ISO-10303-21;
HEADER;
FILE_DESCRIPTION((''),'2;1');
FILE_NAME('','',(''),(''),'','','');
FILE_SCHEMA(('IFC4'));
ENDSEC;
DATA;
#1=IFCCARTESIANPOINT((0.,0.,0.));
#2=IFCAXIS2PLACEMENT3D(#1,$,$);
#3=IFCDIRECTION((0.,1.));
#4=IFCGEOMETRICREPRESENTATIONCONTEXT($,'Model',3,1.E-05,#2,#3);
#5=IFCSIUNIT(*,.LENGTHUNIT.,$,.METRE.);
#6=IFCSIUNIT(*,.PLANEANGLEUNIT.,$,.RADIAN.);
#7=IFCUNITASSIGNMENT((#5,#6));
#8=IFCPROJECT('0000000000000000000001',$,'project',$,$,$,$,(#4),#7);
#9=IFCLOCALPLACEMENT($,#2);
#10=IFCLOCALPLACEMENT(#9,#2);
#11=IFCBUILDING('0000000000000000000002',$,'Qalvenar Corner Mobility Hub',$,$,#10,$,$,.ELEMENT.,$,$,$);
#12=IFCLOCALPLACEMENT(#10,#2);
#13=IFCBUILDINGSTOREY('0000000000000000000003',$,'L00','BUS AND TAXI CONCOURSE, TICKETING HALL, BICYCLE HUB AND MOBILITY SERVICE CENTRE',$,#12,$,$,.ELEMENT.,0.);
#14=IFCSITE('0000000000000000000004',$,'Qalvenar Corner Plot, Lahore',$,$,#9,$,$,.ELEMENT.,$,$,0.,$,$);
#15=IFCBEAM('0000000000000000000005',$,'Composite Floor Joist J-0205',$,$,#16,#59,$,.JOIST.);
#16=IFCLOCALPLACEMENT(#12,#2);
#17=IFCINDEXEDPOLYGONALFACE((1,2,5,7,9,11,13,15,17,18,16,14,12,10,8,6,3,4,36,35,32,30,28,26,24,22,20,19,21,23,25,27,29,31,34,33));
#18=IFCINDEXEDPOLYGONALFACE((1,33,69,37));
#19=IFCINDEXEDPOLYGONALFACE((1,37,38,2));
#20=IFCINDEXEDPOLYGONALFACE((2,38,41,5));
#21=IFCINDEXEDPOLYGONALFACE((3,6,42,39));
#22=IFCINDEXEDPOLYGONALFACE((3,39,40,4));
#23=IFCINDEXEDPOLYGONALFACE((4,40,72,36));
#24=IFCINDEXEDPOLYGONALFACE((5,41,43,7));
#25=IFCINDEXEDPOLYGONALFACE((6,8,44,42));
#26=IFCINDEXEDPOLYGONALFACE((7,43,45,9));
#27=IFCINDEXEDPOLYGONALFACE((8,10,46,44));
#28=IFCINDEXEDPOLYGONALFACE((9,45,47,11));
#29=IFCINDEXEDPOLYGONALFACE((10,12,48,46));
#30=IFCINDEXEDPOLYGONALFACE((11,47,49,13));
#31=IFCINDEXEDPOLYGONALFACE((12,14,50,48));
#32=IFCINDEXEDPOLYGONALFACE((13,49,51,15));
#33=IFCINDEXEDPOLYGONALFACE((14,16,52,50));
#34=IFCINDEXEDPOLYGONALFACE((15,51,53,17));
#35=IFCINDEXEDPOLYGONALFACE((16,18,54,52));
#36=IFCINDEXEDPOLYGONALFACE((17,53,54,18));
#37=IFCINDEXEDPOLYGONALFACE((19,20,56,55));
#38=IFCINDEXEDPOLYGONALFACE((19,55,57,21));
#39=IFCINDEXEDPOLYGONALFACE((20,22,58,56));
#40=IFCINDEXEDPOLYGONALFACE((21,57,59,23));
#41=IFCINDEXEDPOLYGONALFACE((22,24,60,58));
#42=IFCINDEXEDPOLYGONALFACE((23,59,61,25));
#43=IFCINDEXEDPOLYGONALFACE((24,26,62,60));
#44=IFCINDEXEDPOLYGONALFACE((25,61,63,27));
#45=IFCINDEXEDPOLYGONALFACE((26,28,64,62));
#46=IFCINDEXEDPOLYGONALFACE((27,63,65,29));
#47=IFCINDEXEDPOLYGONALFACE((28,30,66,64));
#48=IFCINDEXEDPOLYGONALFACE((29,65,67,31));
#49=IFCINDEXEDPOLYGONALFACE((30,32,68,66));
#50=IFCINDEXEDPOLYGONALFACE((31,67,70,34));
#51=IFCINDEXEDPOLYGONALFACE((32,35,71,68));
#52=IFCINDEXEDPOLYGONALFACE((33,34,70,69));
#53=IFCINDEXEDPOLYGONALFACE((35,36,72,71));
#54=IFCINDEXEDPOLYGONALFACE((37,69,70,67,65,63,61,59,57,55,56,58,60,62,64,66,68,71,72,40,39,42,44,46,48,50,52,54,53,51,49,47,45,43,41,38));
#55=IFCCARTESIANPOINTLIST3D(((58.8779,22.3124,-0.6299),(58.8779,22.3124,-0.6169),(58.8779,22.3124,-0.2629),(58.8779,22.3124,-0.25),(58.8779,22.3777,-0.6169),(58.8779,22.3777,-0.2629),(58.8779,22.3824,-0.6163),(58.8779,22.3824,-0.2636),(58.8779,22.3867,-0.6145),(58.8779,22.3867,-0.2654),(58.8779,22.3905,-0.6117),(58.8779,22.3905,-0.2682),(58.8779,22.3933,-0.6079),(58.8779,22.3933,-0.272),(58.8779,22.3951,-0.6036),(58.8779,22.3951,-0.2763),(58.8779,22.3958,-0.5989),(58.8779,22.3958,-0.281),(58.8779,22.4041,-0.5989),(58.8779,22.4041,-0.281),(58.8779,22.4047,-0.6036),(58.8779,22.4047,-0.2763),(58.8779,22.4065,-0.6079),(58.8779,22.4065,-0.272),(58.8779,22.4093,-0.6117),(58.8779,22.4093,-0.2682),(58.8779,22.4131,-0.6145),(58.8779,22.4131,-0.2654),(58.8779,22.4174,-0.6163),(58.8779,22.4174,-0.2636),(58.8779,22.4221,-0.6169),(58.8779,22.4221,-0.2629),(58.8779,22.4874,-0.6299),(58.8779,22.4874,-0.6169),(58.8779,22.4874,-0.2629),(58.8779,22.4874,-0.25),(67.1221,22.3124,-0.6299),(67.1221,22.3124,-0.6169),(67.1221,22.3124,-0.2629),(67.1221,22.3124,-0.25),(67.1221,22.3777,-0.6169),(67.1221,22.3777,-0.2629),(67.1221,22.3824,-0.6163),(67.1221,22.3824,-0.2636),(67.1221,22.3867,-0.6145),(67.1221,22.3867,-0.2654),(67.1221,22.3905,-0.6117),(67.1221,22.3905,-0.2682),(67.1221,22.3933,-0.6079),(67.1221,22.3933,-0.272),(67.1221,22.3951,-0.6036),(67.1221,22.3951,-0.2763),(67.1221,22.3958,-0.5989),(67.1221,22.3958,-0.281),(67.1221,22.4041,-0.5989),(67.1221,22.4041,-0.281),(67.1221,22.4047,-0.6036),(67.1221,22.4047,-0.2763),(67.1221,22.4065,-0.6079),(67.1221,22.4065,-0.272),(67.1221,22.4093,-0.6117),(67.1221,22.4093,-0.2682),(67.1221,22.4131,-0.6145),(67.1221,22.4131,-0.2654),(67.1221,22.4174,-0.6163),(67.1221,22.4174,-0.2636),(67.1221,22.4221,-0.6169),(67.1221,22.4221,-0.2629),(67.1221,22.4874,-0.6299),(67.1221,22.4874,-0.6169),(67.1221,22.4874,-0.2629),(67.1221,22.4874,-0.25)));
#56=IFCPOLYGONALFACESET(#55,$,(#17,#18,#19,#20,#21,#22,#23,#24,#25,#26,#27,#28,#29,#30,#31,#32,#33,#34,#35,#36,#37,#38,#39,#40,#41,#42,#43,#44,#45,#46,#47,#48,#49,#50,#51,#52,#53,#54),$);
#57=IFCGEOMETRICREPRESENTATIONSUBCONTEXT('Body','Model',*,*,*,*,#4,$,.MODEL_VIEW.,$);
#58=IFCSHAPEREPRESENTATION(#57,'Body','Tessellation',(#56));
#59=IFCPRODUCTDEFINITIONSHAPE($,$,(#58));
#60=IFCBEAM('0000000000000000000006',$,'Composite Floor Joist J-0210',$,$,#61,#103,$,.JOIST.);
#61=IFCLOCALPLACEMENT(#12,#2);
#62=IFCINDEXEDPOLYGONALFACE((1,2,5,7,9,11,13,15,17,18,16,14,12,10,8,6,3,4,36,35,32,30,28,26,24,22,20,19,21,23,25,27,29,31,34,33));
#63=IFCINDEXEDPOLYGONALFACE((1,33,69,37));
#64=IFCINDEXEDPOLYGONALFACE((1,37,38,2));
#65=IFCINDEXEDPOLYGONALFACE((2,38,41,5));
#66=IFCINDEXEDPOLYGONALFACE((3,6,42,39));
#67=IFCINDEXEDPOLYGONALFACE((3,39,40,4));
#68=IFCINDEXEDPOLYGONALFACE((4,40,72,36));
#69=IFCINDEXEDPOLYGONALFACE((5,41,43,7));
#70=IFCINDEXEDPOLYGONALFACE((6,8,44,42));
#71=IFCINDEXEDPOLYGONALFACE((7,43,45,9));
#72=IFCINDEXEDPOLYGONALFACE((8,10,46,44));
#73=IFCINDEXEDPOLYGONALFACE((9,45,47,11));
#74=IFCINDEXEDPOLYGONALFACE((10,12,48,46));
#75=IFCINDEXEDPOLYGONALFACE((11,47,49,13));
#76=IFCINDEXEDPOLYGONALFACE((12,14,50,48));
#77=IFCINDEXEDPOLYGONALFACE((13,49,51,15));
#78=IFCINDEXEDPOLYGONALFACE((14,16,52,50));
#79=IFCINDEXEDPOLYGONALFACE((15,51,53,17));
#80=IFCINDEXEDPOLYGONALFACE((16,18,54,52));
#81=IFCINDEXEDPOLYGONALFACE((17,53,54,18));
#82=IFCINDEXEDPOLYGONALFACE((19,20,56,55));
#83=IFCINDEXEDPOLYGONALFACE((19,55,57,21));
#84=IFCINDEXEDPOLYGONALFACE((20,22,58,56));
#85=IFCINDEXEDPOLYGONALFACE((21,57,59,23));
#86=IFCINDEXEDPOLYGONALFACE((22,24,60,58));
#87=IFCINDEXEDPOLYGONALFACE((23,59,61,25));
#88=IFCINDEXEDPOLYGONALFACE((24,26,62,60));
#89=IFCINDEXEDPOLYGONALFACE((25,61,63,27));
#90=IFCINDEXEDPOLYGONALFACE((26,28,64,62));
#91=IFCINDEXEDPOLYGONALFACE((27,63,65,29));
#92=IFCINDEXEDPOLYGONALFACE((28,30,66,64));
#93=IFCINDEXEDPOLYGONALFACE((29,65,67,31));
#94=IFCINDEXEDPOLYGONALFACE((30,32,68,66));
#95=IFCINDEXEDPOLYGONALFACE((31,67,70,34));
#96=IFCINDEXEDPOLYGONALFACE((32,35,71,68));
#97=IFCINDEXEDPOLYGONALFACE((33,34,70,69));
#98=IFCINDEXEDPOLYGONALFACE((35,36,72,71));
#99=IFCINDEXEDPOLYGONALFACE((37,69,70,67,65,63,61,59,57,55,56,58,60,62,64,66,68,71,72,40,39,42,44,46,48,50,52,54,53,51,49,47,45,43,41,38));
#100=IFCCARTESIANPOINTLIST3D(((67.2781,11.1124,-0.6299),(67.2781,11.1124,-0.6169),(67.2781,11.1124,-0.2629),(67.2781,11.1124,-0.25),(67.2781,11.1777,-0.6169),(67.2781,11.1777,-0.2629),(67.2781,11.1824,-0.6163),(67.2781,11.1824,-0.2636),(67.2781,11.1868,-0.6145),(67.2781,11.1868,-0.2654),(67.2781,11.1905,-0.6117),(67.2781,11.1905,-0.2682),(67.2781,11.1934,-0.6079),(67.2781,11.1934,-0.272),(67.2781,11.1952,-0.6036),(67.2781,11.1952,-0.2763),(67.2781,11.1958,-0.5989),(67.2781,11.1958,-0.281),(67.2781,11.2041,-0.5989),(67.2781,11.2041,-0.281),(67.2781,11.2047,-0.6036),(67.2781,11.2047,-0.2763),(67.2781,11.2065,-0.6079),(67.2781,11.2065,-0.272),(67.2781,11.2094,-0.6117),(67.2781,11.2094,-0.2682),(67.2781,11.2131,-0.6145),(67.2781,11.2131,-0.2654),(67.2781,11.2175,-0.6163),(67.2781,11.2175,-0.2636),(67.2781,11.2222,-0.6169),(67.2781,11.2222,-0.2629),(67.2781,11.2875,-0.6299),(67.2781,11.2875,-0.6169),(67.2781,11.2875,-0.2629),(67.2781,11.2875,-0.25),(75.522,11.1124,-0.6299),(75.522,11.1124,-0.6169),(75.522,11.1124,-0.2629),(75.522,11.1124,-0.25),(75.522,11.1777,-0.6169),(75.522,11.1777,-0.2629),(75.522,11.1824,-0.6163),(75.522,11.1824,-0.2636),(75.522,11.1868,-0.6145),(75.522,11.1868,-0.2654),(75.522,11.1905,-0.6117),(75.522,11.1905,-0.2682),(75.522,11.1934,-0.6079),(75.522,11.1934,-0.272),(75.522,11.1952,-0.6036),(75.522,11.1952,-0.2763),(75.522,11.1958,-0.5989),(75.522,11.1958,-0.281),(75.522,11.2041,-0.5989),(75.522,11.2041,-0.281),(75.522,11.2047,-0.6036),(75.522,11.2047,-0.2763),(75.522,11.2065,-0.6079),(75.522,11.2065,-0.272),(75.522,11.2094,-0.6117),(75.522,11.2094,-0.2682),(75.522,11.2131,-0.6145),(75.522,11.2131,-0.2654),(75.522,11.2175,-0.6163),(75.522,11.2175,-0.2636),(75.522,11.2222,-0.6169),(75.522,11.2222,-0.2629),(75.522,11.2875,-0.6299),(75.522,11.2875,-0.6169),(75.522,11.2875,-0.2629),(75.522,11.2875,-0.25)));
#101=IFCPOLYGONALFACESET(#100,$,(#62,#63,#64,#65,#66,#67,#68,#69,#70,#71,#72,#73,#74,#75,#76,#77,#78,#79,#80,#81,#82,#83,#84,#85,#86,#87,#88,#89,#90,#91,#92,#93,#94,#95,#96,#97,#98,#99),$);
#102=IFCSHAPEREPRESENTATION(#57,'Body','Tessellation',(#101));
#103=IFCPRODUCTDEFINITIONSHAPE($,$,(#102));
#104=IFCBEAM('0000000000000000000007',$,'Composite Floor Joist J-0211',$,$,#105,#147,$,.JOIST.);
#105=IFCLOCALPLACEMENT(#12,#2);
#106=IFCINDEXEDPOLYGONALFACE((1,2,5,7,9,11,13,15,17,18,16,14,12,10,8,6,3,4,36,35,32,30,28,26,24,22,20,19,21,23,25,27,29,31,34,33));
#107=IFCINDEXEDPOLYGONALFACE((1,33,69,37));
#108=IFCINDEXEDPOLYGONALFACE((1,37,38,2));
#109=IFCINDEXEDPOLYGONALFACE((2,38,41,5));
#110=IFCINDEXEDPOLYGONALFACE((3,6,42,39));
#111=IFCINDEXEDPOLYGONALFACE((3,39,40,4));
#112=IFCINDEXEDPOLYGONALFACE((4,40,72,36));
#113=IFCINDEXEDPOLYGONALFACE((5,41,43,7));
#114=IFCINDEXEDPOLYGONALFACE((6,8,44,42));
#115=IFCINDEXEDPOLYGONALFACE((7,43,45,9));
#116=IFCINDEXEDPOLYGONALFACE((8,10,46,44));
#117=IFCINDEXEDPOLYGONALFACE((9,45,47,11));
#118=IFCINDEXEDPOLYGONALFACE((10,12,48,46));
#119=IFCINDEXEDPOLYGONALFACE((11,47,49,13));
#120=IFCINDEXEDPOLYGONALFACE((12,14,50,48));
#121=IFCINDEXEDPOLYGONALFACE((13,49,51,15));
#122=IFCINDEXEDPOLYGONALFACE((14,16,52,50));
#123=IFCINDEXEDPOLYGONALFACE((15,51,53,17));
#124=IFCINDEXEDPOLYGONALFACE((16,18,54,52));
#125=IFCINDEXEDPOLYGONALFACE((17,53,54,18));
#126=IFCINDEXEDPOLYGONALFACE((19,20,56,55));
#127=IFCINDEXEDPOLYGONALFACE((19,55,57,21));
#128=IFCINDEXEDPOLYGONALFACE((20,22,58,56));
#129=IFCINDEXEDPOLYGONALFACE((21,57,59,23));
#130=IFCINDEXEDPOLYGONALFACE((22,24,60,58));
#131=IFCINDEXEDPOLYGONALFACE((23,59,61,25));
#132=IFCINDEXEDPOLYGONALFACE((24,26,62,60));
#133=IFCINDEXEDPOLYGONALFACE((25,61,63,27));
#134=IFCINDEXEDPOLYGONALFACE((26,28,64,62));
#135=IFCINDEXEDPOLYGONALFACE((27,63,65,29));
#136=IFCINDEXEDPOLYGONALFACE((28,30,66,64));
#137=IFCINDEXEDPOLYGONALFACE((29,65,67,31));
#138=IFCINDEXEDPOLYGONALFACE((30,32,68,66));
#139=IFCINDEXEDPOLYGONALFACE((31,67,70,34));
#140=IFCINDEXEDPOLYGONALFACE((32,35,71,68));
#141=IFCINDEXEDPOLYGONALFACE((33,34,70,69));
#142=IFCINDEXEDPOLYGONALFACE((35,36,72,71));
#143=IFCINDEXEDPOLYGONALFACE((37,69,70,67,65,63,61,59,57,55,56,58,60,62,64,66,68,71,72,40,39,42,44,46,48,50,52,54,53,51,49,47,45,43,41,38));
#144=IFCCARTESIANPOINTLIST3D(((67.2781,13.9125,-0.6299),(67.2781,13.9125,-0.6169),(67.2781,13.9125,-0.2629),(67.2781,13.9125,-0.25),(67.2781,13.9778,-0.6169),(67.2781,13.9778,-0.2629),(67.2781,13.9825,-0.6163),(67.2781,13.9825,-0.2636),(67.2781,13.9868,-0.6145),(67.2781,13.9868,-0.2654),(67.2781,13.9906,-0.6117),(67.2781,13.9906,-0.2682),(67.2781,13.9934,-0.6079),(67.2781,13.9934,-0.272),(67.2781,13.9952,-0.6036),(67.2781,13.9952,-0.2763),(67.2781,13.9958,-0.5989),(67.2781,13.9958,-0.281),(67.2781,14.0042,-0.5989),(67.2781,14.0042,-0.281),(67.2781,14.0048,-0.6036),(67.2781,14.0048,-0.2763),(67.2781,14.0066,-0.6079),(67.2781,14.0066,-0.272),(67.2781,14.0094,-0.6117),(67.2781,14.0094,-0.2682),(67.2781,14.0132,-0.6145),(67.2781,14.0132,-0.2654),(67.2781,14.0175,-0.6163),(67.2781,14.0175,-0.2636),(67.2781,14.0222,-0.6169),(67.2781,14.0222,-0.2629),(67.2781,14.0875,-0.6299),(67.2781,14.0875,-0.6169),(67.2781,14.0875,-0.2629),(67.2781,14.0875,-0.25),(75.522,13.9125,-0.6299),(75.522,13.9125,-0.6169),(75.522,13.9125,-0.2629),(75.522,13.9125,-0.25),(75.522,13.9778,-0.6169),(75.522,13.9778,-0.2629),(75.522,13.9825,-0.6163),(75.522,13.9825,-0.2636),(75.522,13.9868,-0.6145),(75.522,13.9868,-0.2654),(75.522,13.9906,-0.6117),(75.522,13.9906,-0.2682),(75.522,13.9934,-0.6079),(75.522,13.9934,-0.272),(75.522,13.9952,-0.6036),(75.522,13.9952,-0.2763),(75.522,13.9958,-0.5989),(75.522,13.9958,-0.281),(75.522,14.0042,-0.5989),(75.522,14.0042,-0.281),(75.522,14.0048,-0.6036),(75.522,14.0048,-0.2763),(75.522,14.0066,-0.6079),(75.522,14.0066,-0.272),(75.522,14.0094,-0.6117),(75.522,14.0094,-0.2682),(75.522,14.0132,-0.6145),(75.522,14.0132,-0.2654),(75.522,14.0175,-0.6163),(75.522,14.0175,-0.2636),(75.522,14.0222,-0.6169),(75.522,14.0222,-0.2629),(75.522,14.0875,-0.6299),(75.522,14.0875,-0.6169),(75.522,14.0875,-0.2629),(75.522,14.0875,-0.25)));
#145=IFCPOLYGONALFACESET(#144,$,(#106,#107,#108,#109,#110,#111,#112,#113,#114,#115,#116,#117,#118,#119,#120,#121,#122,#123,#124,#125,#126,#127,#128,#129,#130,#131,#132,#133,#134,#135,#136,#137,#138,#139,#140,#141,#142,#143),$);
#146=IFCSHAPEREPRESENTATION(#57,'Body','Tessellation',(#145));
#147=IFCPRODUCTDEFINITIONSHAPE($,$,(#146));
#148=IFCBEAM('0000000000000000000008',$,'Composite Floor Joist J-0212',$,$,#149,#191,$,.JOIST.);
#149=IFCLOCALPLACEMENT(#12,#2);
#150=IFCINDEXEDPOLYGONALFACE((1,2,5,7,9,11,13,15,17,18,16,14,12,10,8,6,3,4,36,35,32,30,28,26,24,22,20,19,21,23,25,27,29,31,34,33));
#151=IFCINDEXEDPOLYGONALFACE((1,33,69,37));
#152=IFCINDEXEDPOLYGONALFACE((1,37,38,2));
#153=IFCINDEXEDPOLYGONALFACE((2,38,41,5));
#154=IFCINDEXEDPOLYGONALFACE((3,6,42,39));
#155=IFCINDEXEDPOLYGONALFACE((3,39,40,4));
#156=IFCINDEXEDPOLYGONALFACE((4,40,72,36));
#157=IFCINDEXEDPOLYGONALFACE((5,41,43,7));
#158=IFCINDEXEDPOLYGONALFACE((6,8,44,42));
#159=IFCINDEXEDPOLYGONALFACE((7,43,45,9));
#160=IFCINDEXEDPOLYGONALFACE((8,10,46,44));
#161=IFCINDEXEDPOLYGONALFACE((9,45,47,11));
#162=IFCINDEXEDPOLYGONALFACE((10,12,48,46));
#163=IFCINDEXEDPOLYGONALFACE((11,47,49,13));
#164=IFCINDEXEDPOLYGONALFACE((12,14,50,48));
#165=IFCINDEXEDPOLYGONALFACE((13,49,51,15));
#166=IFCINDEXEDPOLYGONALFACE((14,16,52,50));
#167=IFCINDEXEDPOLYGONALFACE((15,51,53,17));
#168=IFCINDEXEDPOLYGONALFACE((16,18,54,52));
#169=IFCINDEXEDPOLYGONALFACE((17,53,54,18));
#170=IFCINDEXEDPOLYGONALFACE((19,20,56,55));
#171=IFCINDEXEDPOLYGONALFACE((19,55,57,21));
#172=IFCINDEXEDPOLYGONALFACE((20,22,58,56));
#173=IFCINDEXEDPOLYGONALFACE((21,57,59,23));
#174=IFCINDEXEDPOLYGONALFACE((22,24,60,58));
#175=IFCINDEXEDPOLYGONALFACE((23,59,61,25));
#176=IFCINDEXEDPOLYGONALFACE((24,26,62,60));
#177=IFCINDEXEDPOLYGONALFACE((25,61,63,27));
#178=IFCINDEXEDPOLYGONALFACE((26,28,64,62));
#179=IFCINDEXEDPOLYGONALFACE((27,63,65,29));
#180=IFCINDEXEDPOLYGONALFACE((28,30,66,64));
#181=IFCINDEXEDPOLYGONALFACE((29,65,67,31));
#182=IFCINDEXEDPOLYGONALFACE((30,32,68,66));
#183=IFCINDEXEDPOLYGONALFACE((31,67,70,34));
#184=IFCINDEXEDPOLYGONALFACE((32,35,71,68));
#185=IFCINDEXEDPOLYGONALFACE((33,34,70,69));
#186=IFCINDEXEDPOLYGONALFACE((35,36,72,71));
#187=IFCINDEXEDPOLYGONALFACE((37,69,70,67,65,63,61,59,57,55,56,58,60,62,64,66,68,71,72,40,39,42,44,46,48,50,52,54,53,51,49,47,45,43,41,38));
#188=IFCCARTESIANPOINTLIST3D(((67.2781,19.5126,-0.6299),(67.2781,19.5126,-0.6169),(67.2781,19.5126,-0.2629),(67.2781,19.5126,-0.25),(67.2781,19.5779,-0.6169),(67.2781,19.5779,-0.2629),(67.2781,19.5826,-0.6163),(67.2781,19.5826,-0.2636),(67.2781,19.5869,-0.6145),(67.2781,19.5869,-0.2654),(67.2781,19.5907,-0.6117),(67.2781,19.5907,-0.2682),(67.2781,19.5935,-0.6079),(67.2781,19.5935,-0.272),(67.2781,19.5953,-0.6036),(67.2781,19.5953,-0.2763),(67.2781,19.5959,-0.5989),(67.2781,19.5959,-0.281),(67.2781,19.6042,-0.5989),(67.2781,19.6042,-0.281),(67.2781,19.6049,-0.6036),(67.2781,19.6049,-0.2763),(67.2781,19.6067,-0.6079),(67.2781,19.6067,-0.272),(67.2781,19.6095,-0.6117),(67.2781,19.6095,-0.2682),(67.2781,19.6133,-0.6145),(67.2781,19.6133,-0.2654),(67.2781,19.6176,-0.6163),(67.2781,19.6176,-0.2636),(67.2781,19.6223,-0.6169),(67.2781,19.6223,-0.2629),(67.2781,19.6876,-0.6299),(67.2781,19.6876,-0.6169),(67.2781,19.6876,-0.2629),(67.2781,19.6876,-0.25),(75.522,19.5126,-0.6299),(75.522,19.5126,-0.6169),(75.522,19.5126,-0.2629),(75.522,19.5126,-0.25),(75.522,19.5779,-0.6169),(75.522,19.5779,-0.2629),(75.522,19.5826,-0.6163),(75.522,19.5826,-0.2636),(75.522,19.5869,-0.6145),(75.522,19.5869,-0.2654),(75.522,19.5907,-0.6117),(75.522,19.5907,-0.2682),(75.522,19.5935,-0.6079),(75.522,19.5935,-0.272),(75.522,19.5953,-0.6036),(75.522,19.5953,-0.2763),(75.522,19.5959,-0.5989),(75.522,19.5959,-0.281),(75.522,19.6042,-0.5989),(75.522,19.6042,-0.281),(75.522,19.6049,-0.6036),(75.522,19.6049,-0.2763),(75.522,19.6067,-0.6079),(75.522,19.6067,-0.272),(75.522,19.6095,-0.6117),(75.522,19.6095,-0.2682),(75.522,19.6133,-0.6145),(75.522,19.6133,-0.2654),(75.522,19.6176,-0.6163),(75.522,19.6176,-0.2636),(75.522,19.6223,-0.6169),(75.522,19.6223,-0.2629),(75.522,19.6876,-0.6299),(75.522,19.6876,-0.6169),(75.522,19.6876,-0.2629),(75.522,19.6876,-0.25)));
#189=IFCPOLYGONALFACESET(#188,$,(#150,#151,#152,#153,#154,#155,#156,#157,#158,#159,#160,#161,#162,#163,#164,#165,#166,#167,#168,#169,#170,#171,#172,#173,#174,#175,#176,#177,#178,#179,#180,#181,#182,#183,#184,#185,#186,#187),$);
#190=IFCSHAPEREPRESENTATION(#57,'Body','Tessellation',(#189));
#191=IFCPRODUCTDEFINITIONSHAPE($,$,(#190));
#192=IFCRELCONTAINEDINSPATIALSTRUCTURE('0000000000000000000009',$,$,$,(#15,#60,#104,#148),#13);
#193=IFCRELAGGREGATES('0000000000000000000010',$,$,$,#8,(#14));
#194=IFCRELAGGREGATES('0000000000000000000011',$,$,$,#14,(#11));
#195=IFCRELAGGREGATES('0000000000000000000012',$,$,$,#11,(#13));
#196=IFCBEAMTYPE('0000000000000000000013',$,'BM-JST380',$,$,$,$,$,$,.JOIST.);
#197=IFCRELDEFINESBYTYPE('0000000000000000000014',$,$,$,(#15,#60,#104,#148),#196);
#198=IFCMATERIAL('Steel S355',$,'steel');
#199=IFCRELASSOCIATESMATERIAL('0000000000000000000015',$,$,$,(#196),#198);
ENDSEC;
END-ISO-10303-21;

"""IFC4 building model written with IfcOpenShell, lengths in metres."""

from ifc_helpers import new_model, si_unit, direction, frame, origin, origin_2d, place, context, subcontext, project, spatial, i_section, extrude, material, material_profile, profile_set, type_object, element, save


model = new_model("IFC4")

# Units and contexts
model_context = context("Model", 3, precision=1e-05, world=origin(), true_north=direction((0.0, 1.0)))
body_context = subcontext(model_context, "Body", "Model", "MODEL_VIEW")
ifc_project = project(units=[si_unit("LENGTHUNIT", "METRE"), si_unit("PLANEANGLEUNIT", "RADIAN")], contexts=[model_context])

# Site, building, storey
site_placement = place(None, origin())
site = spatial("IfcSite", under=ifc_project, at=site_placement, Name="Qalvenar Corner Plot, Lahore", CompositionType="ELEMENT", RefElevation=0.0)
building_placement = place(site_placement, origin())
building = spatial("IfcBuilding", under=site, at=building_placement, Name="Qalvenar Corner Mobility Hub", CompositionType="ELEMENT")
storey_placement = place(building_placement, origin())
storey = spatial("IfcBuildingStorey", under=building, at=storey_placement, Name="L00", Description="BUS AND TAXI CONCOURSE, TICKETING HALL, BICYCLE HUB AND MOBILITY SERVICE CENTRE", CompositionType="ELEMENT", Elevation=0.0)

# Shared definitions
ifc_material_1 = material(Name="Steel S355", Category="steel")

# Beams
ifc_material_profile_1 = material_profile(ifc_material_1, i_section(OverallWidth=0.175, OverallDepth=0.3799, WebThickness=0.0083, FlangeThickness=0.0129, FilletRadius=0.0181, at=origin_2d()), Name="IPE380-EQ")
ifc_profile_set_1 = profile_set([ifc_material_profile_1], Name="Steel S355")
beam_type_1 = type_object("IfcBeamType", Name="BM-JST380", PredefinedType="JOIST", material=ifc_profile_set_1)
for number, where, z_axis, x_axis, name in (
    (1, (58.8779, 22.3999, -0.4399), (1.0, 0.0, 0.0), (0.0, 1.0, 0.0), "Composite Floor Joist J-0205"),
):
    element("IfcBeam", number, at=place(storey_placement, frame(where, z_axis=z_axis, x_axis=x_axis)), inside=storey, type_object=beam_type_1, Name=name, PredefinedType="JOIST", context=body_context, shape_type="SweptSolid", body=[
        extrude(i_section(OverallWidth=0.175, OverallDepth=0.3799, WebThickness=0.0083, FlangeThickness=0.0129, FilletRadius=0.0181, at=origin_2d()), origin(), (0.0, 0.0, 1.0), 8.2441),
    ])
for number, where, z_axis, x_axis, name in (
    (2, (67.2781, 11.2, -0.4399), (1.0, 0.0, 0.0), (0.0, 1.0, 0.0), "Composite Floor Joist J-0210"),
    (3, (67.2781, 14.0, -0.4399), (1.0, 0.0, 0.0), (0.0, 1.0, 0.0), "Composite Floor Joist J-0211"),
    (4, (67.2781, 19.6001, -0.4399), (1.0, 0.0, 0.0), (0.0, 1.0, 0.0), "Composite Floor Joist J-0212"),
):
    element("IfcBeam", number, at=place(storey_placement, frame(where, z_axis=z_axis, x_axis=x_axis)), inside=storey, type_object=beam_type_1, Name=name, PredefinedType="JOIST", context=body_context, shape_type="SweptSolid", body=[
        extrude(i_section(OverallWidth=0.175, OverallDepth=0.3799, WebThickness=0.0083, FlangeThickness=0.0129, FilletRadius=0.0181, at=origin_2d()), origin(), (0.0, 0.0, 1.0), 8.2439),
    ])

save(model, "model.ifc")
